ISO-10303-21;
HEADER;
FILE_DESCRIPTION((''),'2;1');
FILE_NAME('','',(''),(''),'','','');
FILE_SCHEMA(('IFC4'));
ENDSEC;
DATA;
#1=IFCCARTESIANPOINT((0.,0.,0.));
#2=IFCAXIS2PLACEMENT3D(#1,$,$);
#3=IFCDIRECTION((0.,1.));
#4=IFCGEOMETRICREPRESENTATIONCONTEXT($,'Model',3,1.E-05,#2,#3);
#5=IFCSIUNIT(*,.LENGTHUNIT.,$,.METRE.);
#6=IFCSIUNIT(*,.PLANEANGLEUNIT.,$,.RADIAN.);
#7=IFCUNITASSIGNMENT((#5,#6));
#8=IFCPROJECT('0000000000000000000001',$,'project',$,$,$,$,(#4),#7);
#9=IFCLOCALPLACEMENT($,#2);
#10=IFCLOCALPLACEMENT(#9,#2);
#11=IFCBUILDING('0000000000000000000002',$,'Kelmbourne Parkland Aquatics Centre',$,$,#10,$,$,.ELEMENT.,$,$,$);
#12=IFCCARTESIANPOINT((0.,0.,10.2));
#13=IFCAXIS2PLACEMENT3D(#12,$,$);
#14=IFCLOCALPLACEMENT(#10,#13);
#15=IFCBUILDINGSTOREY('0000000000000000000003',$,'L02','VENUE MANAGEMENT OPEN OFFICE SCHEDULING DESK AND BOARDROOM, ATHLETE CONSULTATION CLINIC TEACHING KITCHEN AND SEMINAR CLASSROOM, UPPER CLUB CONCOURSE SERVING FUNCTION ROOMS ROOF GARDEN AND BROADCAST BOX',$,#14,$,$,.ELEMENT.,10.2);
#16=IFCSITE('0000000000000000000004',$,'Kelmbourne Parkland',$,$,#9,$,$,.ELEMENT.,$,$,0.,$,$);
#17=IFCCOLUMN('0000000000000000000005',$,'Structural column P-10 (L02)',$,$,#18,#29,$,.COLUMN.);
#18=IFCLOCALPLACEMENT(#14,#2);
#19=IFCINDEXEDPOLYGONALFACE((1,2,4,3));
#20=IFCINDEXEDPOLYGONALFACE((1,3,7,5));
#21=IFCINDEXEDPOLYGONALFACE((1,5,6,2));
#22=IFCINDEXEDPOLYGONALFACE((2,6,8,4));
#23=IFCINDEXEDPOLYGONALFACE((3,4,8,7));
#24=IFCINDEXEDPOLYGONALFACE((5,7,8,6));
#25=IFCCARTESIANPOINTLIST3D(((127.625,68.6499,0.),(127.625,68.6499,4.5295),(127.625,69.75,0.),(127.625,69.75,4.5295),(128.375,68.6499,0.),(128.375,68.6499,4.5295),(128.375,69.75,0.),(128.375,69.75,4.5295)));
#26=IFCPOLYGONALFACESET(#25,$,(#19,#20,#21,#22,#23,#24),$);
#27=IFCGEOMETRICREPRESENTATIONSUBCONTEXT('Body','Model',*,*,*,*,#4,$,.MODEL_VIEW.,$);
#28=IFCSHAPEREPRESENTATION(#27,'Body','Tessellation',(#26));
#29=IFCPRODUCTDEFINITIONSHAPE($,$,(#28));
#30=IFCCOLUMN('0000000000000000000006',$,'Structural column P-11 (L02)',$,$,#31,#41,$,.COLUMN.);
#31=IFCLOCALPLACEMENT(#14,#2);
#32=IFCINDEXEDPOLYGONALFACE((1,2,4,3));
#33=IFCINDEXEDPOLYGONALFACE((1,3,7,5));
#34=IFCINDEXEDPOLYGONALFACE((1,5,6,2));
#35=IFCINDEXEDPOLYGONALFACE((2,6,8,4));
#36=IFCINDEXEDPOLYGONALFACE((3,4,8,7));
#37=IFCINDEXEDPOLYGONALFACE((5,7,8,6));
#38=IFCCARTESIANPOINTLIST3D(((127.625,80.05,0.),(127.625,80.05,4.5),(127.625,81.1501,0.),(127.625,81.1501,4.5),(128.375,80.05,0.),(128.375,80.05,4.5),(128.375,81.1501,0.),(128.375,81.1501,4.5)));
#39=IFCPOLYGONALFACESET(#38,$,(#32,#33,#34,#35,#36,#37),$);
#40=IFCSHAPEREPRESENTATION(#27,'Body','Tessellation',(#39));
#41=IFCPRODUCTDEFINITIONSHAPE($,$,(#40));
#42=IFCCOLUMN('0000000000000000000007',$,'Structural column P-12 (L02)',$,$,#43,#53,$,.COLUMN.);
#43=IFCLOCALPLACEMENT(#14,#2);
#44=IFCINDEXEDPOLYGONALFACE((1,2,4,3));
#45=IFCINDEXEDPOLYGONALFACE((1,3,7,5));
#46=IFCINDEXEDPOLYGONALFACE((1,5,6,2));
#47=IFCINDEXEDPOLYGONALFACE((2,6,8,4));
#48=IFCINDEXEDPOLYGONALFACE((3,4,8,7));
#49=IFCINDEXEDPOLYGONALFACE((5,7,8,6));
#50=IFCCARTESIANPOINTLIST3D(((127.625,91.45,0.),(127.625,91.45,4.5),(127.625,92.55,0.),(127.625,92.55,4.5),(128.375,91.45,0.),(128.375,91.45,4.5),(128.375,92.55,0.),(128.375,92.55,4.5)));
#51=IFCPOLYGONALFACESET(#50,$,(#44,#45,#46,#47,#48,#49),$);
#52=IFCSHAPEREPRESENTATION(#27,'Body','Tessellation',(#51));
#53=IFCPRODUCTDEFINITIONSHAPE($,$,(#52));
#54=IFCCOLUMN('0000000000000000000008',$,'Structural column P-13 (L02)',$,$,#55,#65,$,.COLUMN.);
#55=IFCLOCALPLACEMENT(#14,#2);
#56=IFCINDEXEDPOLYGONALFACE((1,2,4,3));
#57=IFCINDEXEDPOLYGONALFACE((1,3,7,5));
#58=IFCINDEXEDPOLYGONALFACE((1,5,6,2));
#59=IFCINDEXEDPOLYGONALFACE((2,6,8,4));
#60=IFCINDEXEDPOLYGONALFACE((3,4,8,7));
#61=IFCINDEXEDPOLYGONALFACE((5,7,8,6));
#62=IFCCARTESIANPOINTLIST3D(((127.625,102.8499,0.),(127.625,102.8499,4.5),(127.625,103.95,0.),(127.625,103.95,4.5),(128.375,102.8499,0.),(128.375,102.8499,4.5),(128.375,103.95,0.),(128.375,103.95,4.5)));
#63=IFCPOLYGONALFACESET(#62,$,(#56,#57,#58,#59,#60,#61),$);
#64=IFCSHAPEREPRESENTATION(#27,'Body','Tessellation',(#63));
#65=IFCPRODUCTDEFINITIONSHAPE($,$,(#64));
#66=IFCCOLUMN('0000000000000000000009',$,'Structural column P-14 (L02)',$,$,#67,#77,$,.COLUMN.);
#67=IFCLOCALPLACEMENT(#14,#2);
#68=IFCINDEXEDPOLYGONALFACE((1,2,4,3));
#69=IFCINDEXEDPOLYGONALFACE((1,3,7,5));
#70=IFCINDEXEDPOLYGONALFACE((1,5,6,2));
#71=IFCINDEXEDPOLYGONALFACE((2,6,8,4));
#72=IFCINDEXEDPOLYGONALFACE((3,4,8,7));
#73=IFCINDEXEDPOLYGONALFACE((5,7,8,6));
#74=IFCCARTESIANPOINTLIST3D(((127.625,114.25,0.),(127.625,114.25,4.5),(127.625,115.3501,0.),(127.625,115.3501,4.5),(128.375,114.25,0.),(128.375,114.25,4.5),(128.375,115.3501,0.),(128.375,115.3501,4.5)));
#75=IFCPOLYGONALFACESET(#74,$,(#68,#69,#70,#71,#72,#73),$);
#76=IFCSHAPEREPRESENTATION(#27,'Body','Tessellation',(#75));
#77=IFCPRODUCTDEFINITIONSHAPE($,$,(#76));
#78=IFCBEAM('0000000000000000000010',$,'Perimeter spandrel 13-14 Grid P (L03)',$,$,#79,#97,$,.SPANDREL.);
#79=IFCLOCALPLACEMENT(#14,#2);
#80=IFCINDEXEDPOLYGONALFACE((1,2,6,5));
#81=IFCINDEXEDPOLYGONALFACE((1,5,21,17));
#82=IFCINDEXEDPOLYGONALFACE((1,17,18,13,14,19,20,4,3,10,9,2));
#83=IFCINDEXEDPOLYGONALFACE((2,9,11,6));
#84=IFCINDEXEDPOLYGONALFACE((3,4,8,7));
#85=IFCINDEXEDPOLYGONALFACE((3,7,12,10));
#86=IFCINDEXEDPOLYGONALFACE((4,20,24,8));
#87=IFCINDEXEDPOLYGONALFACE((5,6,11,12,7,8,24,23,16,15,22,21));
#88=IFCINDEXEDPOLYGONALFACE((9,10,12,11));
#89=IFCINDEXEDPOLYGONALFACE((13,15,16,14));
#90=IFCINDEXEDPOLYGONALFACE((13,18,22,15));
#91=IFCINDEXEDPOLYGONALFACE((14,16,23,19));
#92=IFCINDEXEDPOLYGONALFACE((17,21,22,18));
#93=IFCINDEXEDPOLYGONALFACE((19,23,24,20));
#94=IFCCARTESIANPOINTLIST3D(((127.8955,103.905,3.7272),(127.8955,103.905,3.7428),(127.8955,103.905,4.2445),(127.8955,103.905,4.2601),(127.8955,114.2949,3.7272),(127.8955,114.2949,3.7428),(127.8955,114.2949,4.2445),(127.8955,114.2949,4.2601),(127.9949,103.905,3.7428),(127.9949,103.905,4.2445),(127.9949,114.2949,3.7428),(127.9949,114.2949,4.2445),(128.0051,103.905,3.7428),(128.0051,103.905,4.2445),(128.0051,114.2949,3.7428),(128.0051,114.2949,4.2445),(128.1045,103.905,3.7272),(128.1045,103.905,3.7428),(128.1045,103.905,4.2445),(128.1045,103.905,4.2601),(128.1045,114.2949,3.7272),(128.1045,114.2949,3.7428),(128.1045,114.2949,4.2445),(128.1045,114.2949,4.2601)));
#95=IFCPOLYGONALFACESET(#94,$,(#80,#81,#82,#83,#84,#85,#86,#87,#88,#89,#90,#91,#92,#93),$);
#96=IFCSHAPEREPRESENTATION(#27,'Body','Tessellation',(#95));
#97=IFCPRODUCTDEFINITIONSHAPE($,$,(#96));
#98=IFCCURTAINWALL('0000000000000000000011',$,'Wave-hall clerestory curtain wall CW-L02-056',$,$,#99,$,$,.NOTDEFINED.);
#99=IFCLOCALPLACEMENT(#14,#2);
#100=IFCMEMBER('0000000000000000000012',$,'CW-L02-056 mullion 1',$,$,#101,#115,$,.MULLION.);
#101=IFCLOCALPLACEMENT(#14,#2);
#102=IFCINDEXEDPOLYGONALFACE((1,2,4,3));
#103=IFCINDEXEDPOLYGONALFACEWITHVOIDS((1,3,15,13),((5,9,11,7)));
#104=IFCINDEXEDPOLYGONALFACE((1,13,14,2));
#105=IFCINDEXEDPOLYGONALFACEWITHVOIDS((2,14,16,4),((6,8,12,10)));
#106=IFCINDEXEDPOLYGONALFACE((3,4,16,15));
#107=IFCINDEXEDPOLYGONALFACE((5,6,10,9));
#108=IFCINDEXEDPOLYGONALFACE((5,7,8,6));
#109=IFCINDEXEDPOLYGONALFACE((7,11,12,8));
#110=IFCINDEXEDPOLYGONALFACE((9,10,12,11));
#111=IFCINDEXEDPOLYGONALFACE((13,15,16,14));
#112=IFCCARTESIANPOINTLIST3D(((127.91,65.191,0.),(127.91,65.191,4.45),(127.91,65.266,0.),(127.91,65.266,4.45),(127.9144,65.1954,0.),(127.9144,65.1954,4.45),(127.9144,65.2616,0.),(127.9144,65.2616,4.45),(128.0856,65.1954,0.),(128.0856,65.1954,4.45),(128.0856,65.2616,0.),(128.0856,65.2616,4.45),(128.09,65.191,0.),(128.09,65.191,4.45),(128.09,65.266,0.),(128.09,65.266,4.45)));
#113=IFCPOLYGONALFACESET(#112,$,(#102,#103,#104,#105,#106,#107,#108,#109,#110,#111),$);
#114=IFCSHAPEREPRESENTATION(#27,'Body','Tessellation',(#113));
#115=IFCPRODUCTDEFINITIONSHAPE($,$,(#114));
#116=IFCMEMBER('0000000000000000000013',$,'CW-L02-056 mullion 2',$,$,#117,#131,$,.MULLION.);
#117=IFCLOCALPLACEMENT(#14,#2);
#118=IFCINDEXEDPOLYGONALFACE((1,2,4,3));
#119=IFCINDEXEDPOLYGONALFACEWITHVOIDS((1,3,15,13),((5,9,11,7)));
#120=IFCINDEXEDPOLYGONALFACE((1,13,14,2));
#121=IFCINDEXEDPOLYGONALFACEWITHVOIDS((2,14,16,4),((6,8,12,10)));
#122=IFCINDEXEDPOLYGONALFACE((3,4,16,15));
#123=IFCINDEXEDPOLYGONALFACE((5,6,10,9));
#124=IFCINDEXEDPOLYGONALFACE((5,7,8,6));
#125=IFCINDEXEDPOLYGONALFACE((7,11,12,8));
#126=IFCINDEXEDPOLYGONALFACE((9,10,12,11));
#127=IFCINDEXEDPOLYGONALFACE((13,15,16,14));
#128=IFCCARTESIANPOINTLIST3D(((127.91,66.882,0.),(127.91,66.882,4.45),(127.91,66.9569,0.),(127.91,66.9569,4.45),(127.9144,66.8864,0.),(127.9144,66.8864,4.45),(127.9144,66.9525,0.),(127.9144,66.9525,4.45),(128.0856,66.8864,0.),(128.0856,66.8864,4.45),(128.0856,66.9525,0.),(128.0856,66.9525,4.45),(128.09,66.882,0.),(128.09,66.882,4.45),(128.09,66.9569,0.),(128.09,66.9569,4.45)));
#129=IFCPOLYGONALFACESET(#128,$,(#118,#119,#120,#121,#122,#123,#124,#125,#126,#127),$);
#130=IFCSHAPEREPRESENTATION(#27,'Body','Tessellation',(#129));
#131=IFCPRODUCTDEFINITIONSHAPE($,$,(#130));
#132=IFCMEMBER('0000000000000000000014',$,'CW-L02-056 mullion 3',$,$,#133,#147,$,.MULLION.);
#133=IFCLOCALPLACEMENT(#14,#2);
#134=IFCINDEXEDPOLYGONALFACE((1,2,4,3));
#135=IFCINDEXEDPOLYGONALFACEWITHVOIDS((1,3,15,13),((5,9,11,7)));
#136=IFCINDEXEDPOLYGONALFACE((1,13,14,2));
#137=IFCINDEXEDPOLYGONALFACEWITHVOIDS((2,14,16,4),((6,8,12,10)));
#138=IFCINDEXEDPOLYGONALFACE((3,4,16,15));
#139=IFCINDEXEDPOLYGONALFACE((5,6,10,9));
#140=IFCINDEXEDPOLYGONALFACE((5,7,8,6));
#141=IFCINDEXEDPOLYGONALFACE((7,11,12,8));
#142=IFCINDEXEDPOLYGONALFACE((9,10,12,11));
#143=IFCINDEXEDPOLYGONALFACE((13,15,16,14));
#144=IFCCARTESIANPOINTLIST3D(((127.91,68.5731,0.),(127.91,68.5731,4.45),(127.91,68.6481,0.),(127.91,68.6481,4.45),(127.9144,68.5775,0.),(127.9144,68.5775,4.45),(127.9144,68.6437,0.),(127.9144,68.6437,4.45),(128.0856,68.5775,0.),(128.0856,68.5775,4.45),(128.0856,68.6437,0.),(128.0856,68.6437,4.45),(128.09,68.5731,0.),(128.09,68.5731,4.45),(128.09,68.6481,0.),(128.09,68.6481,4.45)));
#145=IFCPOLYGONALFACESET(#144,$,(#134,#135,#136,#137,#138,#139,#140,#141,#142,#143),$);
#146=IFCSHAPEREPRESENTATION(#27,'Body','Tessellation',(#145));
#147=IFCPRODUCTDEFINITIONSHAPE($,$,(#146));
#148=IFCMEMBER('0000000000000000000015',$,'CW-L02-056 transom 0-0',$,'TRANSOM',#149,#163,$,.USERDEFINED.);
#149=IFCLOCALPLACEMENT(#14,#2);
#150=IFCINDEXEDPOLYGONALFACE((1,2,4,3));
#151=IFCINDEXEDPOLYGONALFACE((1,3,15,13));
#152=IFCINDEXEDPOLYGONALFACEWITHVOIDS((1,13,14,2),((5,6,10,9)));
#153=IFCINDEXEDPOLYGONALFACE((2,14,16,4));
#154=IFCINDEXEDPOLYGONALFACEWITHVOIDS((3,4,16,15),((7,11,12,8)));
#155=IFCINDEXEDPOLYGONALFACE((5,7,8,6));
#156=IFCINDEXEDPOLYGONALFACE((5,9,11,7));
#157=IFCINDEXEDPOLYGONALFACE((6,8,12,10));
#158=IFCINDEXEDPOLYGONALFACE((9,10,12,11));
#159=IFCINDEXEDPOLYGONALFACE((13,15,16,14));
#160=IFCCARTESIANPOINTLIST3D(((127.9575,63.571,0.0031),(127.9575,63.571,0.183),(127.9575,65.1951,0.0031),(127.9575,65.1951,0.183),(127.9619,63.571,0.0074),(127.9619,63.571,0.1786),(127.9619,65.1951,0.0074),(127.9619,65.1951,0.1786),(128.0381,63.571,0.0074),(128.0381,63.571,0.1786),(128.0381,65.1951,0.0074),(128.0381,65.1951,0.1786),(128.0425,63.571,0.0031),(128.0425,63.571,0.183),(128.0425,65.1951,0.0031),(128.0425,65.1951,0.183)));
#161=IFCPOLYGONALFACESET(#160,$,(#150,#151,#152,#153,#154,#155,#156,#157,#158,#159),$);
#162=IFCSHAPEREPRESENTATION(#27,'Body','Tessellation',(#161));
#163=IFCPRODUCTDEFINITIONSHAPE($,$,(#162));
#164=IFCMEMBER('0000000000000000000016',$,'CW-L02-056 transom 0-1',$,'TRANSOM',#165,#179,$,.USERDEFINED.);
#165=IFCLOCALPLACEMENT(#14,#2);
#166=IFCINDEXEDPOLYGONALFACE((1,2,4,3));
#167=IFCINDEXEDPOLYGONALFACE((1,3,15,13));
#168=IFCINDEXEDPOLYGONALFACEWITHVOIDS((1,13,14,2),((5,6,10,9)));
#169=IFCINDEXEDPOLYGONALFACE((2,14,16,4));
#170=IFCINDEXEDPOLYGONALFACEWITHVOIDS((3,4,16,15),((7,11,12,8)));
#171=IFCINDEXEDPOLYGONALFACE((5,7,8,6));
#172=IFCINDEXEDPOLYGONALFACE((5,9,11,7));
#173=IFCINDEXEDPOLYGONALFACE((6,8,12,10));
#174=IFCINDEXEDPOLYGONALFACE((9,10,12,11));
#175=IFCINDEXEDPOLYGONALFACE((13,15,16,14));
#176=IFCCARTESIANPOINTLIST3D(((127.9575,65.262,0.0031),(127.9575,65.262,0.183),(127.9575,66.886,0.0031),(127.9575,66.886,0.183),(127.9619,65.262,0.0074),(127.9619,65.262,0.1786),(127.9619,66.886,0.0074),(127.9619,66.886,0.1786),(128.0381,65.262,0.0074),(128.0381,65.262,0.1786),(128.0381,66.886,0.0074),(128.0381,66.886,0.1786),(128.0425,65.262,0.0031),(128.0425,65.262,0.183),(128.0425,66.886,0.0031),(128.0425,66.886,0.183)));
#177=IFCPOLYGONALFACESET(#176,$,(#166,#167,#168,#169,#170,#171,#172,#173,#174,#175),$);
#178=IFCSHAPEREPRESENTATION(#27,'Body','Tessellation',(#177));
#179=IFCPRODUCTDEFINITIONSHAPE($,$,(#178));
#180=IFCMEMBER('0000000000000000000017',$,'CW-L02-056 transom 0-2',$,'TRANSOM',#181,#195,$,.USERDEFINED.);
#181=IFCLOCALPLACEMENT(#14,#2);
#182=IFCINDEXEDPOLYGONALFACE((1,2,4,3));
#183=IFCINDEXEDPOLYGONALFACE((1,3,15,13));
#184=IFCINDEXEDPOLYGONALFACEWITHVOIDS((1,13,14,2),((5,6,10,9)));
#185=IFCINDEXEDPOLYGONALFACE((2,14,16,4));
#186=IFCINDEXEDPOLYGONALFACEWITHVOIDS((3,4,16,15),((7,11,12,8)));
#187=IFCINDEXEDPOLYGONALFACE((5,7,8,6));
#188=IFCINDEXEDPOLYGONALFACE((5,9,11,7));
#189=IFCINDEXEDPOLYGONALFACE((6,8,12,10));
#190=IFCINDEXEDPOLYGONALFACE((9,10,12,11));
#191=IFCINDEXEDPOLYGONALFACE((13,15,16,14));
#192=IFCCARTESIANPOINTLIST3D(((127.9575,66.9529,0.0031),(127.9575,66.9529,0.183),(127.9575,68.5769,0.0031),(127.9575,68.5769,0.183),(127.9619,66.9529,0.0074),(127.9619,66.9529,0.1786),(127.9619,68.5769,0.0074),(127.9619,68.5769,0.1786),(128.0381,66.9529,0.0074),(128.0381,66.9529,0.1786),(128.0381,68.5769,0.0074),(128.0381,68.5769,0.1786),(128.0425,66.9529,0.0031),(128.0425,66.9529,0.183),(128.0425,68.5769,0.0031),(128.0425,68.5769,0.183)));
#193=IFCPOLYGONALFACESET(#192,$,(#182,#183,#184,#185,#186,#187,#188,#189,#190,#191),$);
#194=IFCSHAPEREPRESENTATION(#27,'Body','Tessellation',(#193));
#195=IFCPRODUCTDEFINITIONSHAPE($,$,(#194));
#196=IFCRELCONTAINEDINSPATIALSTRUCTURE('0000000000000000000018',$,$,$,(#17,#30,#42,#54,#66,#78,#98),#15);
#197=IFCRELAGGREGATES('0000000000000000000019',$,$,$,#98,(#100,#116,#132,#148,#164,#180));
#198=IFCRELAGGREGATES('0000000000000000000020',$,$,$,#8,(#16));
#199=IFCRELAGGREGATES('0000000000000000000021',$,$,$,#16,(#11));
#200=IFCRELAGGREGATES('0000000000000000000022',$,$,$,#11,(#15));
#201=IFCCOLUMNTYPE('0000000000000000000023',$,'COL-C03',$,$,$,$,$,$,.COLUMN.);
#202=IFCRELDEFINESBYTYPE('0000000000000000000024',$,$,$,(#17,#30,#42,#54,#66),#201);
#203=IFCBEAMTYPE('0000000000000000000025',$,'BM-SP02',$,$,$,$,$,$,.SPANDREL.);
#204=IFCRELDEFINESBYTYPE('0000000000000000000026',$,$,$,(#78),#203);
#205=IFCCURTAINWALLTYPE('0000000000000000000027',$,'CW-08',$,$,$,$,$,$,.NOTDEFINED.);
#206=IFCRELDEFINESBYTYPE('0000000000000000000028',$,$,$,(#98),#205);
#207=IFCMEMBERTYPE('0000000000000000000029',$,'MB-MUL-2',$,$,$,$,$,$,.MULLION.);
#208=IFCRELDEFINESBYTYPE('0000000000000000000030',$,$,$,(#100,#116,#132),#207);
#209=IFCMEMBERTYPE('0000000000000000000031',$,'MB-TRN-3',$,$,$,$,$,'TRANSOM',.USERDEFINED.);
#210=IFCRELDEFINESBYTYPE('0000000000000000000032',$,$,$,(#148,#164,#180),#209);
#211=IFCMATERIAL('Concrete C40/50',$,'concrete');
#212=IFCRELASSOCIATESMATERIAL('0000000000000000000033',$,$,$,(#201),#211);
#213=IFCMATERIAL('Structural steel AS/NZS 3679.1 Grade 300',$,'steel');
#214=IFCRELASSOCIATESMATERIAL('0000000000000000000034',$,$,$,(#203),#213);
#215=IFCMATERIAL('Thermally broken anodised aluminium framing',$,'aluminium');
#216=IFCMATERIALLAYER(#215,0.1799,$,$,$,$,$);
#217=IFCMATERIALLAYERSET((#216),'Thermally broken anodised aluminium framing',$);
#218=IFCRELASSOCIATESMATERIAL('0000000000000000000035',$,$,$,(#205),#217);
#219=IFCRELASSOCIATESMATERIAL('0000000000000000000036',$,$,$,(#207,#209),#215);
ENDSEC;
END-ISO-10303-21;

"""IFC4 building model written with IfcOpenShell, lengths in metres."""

from ifc_helpers import new_model, si_unit, direction, frame, origin, origin_2d, place, context, subcontext, project, spatial, rectangle, hollow_rectangle, i_section, extrude, material, layer, layer_set, material_profile, profile_set, type_object, element, aggregate, save


model = new_model("IFC4")

# Units and contexts
model_context = context("Model", 3, precision=1e-05, world=origin(), true_north=direction((0.0, 1.0)))
body_context = subcontext(model_context, "Body", "Model", "MODEL_VIEW")
ifc_project = project(units=[si_unit("LENGTHUNIT", "METRE"), si_unit("PLANEANGLEUNIT", "RADIAN")], contexts=[model_context])

# Site, building, storey
site_placement = place(None, origin())
site = spatial("IfcSite", under=ifc_project, at=site_placement, Name="Kelmbourne Parkland", CompositionType="ELEMENT", RefElevation=0.0)
building_placement = place(site_placement, origin())
building = spatial("IfcBuilding", under=site, at=building_placement, Name="Kelmbourne Parkland Aquatics Centre", CompositionType="ELEMENT")
storey_placement = place(building_placement, frame((0.0, 0.0, 10.2)))
storey = spatial("IfcBuildingStorey", under=building, at=storey_placement, Name="L02", Description="VENUE MANAGEMENT OPEN OFFICE SCHEDULING DESK AND BOARDROOM, ATHLETE CONSULTATION CLINIC TEACHING KITCHEN AND SEMINAR CLASSROOM, UPPER CLUB CONCOURSE SERVING FUNCTION ROOMS ROOF GARDEN AND BROADCAST BOX", CompositionType="ELEMENT", Elevation=10.2)

# Columns
ifc_material_1 = material(Name="Concrete C40/50", Category="concrete")
ifc_material_profile_1 = material_profile(ifc_material_1, rectangle(XDim=0.75, YDim=1.1001, at=origin_2d()), Name="RC 750x1100")
ifc_profile_set_1 = profile_set([ifc_material_profile_1], Name="Concrete C40/50")
column_type = type_object("IfcColumnType", Name="COL-C03", PredefinedType="COLUMN", material=ifc_profile_set_1)
column_placement = place(storey_placement, frame((128.0, 69.2, 0.0), z_axis=(0.0, 0.0, 1.0), x_axis=(1.0, 0.0, 0.0)))
element("IfcColumn", 1, at=column_placement, inside=storey, type_object=column_type, Name="Structural column P-10 (L02)", PredefinedType="COLUMN", context=body_context, shape_type="SweptSolid", body=[
    extrude(rectangle(XDim=0.75, YDim=1.1001, at=origin_2d()), origin(), (0.0, 0.0, 1.0), 4.5295),
])
for number, where, z_axis, x_axis, name in (
    (2, (128.0, 80.6001, 0.0), (0.0, 0.0, 1.0), (1.0, 0.0, 0.0), "Structural column P-11 (L02)"),
    (3, (128.0, 92.0, 0.0), (0.0, 0.0, 1.0), (1.0, 0.0, 0.0), "Structural column P-12 (L02)"),
    (4, (128.0, 103.3999, 0.0), (0.0, 0.0, 1.0), (1.0, 0.0, 0.0), "Structural column P-13 (L02)"),
    (5, (128.0, 114.8, 0.0), (0.0, 0.0, 1.0), (1.0, 0.0, 0.0), "Structural column P-14 (L02)"),
):
    element("IfcColumn", number, at=place(storey_placement, frame(where, z_axis=z_axis, x_axis=x_axis)), inside=storey, type_object=column_type, Name=name, PredefinedType="COLUMN", context=body_context, shape_type="SweptSolid", body=[
        extrude(rectangle(XDim=0.75, YDim=1.1001, at=origin_2d()), origin(), (0.0, 0.0, 1.0), 4.5),
    ])

# Beam
ifc_material_2 = material(Name="Structural steel AS/NZS 3679.1 Grade 300", Category="steel")
ifc_material_profile_2 = material_profile(ifc_material_2, i_section(OverallWidth=0.209, OverallDepth=0.533, WebThickness=0.0103, FlangeThickness=0.0156, at=origin_2d()), Name="530UB92.4")
ifc_profile_set_2 = profile_set([ifc_material_profile_2], Name="Structural steel AS/NZS 3679.1 Grade 300")
beam_type = type_object("IfcBeamType", Name="BM-SP02", PredefinedType="SPANDREL", material=ifc_profile_set_2)
beam_placement = place(storey_placement, frame((128.0, 103.905, 3.9937), z_axis=(0.0, 1.0, 0.0), x_axis=(-1.0, 0.0, 0.0)))
element("IfcBeam", 6, at=beam_placement, inside=storey, type_object=beam_type, Name="Perimeter spandrel 13-14 Grid P (L03)", PredefinedType="SPANDREL", context=body_context, shape_type="SweptSolid", body=[
    extrude(i_section(OverallWidth=0.209, OverallDepth=0.533, WebThickness=0.0103, FlangeThickness=0.0156, at=origin_2d()), origin(), (0.0, 0.0, 1.0), 10.3899),
])

# Curtain wall, members
ifc_material_3 = material(Name="Thermally broken anodised aluminium framing", Category="aluminium")
ifc_layer_1 = layer(ifc_material_3, 0.1799)
ifc_layer_set_1 = layer_set([ifc_layer_1], Name="Thermally broken anodised aluminium framing")
curtain_wall_type = type_object("IfcCurtainWallType", Name="CW-08", PredefinedType="NOTDEFINED", material=ifc_layer_set_1)
curtain_wall_placement = place(storey_placement, origin())
curtain_wall = element("IfcCurtainWall", 7, at=curtain_wall_placement, inside=storey, type_object=curtain_wall_type, Name="Wave-hall clerestory curtain wall CW-L02-056", PredefinedType="NOTDEFINED")
ifc_material_profile_3 = material_profile(ifc_material_3, hollow_rectangle(XDim=0.075, YDim=0.1799, WallThickness=0.0044, at=origin_2d()), Name="CW-M 75x180")
ifc_profile_set_3 = profile_set([ifc_material_profile_3], Name="Thermally broken anodised aluminium framing")
member_type_1 = type_object("IfcMemberType", Name="MB-MUL-2", PredefinedType="MULLION", material=ifc_profile_set_3)
member_1_placement = place(storey_placement, frame((128.0, 65.2285, 0.0), z_axis=(0.0, 0.0, 1.0), x_axis=(0.0, 1.0, 0.0)))
member_1 = element("IfcMember", 8, at=member_1_placement, type_object=member_type_1, Name="CW-L02-056 mullion 1", PredefinedType="MULLION", context=body_context, shape_type="SweptSolid", body=[
    extrude(hollow_rectangle(XDim=0.075, YDim=0.1799, WallThickness=0.0044, at=origin_2d()), origin(), (0.0, 0.0, 1.0), 4.45),
])
member_2_placement = place(storey_placement, frame((128.0, 66.9194, 0.0), z_axis=(0.0, 0.0, 1.0), x_axis=(0.0, 1.0, 0.0)))
member_2 = element("IfcMember", 9, at=member_2_placement, type_object=member_type_1, Name="CW-L02-056 mullion 2", PredefinedType="MULLION", context=body_context, shape_type="SweptSolid", body=[
    extrude(hollow_rectangle(XDim=0.075, YDim=0.1799, WallThickness=0.0044, at=origin_2d()), origin(), (0.0, 0.0, 1.0), 4.45),
])
member_3_placement = place(storey_placement, frame((128.0, 68.6106, 0.0), z_axis=(0.0, 0.0, 1.0), x_axis=(0.0, 1.0, 0.0)))
member_3 = element("IfcMember", 10, at=member_3_placement, type_object=member_type_1, Name="CW-L02-056 mullion 3", PredefinedType="MULLION", context=body_context, shape_type="SweptSolid", body=[
    extrude(hollow_rectangle(XDim=0.075, YDim=0.1799, WallThickness=0.0044, at=origin_2d()), origin(), (0.0, 0.0, 1.0), 4.45),
])
ifc_material_profile_4 = material_profile(ifc_material_3, hollow_rectangle(XDim=0.085, YDim=0.1799, WallThickness=0.0044, at=origin_2d()), Name="CW-T 85x180")
ifc_profile_set_4 = profile_set([ifc_material_profile_4], Name="Thermally broken anodised aluminium framing")
member_type_2 = type_object("IfcMemberType", Name="MB-TRN-3", ElementType="TRANSOM", PredefinedType="USERDEFINED", material=ifc_profile_set_4)
member_4_placement = place(storey_placement, frame((128.0, 63.571, 0.093), z_axis=(0.0, 1.0, 0.0), x_axis=(-1.0, 0.0, 0.0)))
member_4 = element("IfcMember", 11, at=member_4_placement, type_object=member_type_2, Name="CW-L02-056 transom 0-0", ObjectType="TRANSOM", PredefinedType="USERDEFINED", context=body_context, shape_type="SweptSolid", body=[
    extrude(hollow_rectangle(XDim=0.085, YDim=0.1799, WallThickness=0.0044, at=origin_2d()), origin(), (0.0, 0.0, 1.0), 1.624),
])
member_5_placement = place(storey_placement, frame((128.0, 65.262, 0.093), z_axis=(0.0, 1.0, 0.0), x_axis=(-1.0, 0.0, 0.0)))
member_5 = element("IfcMember", 12, at=member_5_placement, type_object=member_type_2, Name="CW-L02-056 transom 0-1", ObjectType="TRANSOM", PredefinedType="USERDEFINED", context=body_context, shape_type="SweptSolid", body=[
    extrude(hollow_rectangle(XDim=0.085, YDim=0.1799, WallThickness=0.0044, at=origin_2d()), origin(), (0.0, 0.0, 1.0), 1.624),
])
member_6_placement = place(storey_placement, frame((128.0, 66.9529, 0.093), z_axis=(0.0, 1.0, 0.0), x_axis=(-1.0, 0.0, 0.0)))
member_6 = element("IfcMember", 13, at=member_6_placement, type_object=member_type_2, Name="CW-L02-056 transom 0-2", ObjectType="TRANSOM", PredefinedType="USERDEFINED", context=body_context, shape_type="SweptSolid", body=[
    extrude(hollow_rectangle(XDim=0.085, YDim=0.1799, WallThickness=0.0044, at=origin_2d()), origin(), (0.0, 0.0, 1.0), 1.624),
])
aggregate(curtain_wall, [member_1, member_2, member_3, member_4, member_5, member_6])

save(model, "model.ifc")
